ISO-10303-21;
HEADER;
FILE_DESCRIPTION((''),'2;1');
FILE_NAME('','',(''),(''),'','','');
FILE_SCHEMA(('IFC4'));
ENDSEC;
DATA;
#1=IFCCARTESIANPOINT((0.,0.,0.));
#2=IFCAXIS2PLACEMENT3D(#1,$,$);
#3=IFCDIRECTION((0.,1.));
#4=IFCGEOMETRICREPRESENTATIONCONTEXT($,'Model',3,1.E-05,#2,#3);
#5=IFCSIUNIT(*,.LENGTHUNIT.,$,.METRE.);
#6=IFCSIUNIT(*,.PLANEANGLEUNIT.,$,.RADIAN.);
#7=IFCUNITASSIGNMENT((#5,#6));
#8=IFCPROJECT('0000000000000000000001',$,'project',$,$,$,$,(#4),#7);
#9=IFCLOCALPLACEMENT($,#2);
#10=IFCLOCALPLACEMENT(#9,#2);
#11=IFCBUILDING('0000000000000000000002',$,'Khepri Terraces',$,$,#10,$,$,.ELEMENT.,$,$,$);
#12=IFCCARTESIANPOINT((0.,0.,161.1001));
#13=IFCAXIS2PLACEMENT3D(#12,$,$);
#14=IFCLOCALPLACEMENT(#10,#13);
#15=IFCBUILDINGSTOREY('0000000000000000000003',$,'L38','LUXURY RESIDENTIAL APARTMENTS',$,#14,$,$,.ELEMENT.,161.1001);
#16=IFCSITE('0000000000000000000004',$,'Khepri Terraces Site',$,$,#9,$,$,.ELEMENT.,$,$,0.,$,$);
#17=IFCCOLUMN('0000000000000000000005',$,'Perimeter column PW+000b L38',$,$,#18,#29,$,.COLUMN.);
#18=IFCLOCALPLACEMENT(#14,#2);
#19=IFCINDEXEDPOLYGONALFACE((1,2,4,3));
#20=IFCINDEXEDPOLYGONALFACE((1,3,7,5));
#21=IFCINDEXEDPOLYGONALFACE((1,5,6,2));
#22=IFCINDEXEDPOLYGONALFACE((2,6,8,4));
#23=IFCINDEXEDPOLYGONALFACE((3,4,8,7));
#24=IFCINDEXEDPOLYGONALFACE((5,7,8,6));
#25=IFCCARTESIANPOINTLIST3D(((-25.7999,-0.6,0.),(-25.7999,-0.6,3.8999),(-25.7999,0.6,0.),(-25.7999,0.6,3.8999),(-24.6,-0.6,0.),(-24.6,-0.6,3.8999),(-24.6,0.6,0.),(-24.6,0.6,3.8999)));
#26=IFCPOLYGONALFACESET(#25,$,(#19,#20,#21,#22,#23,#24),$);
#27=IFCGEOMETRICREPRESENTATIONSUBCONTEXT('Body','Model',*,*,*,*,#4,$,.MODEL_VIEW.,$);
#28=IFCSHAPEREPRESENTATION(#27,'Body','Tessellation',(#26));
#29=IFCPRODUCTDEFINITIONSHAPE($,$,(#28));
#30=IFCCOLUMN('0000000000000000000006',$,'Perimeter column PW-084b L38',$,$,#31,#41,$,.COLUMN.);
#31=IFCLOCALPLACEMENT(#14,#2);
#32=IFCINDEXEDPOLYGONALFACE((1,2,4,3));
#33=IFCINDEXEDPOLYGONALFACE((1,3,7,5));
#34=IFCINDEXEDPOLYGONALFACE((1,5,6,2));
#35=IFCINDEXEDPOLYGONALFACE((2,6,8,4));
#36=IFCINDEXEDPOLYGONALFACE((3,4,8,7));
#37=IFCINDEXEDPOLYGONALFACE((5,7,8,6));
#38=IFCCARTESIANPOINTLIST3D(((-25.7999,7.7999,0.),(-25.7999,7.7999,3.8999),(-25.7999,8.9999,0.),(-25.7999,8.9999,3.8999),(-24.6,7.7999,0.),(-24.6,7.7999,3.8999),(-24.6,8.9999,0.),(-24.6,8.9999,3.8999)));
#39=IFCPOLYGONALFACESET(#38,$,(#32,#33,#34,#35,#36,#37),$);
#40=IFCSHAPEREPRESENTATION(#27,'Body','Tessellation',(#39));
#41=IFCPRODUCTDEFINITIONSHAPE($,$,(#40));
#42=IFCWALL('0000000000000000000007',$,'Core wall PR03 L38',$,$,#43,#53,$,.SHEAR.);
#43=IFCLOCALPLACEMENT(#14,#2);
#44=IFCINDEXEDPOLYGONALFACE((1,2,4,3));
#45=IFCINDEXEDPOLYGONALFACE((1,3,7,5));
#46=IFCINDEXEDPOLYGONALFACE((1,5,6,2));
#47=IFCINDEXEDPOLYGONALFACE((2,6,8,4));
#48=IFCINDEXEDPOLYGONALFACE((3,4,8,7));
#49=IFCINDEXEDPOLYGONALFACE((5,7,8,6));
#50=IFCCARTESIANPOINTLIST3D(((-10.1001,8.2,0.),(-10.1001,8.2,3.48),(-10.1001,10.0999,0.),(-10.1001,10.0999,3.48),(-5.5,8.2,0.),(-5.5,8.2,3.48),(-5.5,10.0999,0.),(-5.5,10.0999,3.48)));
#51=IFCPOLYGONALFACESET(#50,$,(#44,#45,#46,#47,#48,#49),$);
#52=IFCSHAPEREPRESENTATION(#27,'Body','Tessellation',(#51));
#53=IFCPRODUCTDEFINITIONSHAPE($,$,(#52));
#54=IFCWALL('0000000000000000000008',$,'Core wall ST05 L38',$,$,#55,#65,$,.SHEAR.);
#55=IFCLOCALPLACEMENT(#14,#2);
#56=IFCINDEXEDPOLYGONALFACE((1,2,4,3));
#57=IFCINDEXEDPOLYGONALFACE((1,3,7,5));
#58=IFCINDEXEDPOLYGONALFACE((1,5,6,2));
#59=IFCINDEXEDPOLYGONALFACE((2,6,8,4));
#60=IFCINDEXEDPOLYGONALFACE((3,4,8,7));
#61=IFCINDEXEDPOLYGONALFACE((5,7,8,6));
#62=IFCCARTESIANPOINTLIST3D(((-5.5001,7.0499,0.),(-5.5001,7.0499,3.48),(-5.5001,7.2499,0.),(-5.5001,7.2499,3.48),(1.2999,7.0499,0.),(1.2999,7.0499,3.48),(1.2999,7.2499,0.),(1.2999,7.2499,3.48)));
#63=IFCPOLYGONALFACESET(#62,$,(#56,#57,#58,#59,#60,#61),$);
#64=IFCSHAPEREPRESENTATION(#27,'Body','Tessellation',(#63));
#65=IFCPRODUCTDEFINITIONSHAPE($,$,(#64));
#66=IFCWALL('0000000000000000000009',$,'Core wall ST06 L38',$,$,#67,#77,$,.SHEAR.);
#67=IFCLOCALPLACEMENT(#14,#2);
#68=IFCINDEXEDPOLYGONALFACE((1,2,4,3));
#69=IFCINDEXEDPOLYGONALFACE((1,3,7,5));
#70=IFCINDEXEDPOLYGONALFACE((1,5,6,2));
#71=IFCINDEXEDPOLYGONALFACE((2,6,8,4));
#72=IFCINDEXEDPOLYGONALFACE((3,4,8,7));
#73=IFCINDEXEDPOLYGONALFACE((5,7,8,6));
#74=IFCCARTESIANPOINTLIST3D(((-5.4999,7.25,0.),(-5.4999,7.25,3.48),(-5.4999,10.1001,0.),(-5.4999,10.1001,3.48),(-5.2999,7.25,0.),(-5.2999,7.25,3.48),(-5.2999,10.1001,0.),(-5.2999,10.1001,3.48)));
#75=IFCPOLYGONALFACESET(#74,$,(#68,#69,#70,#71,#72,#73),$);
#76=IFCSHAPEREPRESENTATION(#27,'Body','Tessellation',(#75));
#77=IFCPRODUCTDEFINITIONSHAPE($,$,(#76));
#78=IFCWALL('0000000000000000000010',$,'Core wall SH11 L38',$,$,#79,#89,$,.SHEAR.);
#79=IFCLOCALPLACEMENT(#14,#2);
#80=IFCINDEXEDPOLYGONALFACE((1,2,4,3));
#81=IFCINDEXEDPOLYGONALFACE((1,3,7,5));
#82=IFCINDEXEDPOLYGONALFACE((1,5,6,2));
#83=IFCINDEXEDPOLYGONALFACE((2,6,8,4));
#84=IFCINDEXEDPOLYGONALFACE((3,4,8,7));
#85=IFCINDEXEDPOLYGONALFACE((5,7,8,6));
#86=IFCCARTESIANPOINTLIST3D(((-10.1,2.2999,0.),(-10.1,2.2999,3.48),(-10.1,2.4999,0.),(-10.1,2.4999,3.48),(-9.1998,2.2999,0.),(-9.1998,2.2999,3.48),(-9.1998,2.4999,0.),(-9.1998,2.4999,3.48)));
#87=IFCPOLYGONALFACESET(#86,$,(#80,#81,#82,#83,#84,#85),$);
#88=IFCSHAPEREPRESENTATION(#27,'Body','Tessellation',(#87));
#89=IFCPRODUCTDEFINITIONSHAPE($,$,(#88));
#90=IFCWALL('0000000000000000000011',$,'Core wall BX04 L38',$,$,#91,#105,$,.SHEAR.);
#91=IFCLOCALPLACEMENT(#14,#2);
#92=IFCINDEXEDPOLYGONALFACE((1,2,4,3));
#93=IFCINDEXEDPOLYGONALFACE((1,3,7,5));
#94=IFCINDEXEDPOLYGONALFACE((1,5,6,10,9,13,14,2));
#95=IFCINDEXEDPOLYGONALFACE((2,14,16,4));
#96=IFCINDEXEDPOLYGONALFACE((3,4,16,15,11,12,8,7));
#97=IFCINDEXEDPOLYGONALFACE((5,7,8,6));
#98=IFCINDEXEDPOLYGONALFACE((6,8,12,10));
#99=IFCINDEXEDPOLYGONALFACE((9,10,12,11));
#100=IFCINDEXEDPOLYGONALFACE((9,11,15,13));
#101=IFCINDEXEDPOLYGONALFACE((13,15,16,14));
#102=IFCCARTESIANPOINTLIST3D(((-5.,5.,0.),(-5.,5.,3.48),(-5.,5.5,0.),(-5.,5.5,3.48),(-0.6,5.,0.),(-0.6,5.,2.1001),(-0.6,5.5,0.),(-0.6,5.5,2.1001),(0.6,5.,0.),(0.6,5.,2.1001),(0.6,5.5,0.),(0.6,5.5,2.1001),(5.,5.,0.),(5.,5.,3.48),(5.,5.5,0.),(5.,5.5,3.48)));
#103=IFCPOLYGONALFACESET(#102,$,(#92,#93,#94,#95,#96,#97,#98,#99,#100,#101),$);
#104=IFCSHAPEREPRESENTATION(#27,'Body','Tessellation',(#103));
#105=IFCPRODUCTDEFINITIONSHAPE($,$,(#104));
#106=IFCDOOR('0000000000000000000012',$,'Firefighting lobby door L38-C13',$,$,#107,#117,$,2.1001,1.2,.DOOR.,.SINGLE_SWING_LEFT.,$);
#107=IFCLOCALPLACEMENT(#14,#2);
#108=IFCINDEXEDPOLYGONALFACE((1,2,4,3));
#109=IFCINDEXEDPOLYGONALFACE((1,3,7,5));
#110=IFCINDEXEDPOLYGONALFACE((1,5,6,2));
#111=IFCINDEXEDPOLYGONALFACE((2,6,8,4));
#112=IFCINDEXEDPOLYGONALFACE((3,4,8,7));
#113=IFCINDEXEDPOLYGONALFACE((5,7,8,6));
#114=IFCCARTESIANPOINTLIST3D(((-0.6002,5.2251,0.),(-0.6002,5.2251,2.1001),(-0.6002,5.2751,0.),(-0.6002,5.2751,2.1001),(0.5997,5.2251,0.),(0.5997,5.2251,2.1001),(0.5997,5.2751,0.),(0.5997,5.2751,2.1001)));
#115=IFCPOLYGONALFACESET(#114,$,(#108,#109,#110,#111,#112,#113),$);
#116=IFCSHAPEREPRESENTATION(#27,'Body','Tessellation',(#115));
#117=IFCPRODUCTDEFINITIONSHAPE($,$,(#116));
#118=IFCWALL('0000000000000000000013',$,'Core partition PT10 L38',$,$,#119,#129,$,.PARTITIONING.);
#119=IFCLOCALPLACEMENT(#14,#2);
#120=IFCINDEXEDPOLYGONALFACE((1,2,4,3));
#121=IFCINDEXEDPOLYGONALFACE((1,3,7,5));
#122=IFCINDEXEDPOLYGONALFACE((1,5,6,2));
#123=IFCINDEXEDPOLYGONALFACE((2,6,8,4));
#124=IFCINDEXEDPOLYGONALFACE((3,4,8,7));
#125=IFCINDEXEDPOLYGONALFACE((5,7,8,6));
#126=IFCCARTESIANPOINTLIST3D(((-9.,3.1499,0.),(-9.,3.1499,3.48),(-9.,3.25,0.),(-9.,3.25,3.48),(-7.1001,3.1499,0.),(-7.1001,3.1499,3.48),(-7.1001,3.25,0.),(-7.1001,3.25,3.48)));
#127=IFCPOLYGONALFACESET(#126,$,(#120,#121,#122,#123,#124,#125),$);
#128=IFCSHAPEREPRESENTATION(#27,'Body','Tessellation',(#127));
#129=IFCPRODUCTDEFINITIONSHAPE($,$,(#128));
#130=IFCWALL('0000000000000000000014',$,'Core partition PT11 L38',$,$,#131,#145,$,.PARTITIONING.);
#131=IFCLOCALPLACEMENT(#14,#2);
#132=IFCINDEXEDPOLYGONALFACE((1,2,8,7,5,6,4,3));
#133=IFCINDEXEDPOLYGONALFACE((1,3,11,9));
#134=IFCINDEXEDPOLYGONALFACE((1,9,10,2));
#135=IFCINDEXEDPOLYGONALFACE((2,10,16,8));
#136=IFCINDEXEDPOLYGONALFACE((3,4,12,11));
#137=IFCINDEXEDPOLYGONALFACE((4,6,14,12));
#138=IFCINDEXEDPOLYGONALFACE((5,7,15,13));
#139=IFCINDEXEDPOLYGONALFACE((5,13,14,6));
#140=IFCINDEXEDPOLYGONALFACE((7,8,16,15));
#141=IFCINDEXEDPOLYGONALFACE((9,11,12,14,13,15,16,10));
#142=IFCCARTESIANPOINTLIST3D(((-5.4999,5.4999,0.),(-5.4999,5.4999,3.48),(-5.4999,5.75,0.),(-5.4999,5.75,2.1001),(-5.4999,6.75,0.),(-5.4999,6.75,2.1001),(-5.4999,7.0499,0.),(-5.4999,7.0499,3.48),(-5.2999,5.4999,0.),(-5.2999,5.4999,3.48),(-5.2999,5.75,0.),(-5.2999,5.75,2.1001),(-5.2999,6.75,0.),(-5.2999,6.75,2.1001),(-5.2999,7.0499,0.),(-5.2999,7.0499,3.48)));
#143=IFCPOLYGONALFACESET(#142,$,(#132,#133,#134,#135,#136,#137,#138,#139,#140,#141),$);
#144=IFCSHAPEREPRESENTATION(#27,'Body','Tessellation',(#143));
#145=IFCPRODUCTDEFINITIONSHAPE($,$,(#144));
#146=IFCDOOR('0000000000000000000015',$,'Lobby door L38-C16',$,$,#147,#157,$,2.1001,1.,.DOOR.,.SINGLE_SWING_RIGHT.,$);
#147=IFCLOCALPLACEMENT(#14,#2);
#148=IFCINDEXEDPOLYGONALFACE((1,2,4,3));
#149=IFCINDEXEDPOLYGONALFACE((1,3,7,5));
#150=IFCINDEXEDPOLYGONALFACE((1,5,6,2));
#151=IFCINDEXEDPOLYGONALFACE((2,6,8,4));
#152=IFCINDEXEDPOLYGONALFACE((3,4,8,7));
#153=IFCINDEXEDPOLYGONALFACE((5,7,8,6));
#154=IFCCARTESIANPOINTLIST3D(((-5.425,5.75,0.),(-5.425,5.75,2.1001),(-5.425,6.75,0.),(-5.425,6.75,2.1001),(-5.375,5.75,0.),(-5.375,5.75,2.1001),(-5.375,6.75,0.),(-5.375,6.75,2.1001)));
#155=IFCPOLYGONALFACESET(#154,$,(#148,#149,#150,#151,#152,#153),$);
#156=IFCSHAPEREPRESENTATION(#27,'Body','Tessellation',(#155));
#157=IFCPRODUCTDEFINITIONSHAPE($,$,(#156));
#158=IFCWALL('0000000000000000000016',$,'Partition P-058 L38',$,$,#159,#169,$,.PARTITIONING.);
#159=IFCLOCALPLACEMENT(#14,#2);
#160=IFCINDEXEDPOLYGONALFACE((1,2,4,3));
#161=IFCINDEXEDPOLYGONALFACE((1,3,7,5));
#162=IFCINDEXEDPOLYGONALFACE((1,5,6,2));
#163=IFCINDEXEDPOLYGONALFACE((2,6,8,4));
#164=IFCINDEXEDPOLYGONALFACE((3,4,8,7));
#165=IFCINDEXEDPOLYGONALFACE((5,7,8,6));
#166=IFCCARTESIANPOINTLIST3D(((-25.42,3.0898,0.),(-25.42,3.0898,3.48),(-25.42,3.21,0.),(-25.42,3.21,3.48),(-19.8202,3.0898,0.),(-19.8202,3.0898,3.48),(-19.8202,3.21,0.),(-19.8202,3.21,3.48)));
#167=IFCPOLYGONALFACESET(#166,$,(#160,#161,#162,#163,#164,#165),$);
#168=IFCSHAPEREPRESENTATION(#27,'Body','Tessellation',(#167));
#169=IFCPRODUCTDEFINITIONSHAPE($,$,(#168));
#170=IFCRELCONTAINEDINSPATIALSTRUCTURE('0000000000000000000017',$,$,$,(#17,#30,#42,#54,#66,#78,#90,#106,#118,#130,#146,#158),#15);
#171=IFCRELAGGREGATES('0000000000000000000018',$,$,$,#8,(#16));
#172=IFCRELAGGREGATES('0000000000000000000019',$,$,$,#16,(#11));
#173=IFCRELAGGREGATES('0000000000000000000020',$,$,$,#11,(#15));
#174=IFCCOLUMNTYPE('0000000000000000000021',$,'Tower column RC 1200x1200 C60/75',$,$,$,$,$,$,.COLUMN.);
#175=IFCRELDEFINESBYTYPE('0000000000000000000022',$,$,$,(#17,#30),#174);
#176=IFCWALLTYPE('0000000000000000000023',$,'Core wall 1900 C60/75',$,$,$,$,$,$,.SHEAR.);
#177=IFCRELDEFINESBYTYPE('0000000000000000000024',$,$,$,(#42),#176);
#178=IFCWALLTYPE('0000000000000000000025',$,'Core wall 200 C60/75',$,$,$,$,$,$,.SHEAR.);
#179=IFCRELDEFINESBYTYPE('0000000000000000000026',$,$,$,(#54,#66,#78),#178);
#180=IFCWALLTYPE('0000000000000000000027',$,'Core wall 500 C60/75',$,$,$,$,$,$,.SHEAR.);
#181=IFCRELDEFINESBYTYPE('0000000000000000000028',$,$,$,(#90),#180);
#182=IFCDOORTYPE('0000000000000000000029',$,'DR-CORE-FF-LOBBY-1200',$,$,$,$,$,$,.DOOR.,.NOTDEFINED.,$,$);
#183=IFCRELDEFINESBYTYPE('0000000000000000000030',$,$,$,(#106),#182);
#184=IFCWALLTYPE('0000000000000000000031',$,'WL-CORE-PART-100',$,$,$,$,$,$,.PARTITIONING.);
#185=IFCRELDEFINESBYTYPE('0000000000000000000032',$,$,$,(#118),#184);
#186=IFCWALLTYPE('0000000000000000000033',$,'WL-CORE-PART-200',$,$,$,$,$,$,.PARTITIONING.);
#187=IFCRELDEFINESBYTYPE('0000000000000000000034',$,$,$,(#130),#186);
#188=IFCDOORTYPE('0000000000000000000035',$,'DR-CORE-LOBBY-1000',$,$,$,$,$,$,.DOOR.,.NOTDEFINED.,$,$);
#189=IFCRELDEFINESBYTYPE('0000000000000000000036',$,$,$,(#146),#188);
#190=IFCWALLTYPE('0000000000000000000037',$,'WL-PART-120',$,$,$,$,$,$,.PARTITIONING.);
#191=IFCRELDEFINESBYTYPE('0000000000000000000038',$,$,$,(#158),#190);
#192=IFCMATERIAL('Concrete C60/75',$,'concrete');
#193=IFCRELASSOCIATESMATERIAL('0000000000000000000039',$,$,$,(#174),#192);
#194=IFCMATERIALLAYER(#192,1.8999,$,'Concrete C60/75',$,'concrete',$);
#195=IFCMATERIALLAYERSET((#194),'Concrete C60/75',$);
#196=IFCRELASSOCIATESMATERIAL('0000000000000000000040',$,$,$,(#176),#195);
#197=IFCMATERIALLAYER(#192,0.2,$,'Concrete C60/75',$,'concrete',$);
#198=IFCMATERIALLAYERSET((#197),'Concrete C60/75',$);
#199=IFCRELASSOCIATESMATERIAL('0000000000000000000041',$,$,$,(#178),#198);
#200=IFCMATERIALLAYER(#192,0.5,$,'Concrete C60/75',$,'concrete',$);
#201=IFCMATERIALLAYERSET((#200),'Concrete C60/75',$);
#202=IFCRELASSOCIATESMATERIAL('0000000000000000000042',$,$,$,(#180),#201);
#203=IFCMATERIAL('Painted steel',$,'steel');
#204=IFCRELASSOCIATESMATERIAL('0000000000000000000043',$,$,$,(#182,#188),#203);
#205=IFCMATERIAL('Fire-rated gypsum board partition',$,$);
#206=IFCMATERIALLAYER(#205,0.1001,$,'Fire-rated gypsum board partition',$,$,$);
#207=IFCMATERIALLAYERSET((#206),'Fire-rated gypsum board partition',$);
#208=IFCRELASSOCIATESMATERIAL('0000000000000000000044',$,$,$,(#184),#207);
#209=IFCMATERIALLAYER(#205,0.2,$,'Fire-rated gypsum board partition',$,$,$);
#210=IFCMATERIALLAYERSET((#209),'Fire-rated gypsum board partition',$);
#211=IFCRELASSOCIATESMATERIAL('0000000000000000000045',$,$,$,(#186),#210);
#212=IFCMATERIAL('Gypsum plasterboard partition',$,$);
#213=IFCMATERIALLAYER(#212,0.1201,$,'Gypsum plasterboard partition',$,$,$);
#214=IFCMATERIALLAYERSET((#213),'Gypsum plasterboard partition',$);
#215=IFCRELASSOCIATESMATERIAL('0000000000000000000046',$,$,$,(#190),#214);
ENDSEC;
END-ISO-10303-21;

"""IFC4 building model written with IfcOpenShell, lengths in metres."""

from ifc_helpers import new_model, si_unit, direction, frame, frame_2d, origin, origin_2d, place, context, subcontext, project, spatial, rectangle, extrude, material, layer, layer_set, material_profile, profile_set, type_object, element, fill, save


model = new_model("IFC4")

# Units and contexts
model_context = context("Model", 3, precision=1e-05, world=origin(), true_north=direction((0.0, 1.0)))
body_context = subcontext(model_context, "Body", "Model", "MODEL_VIEW")
ifc_project = project(units=[si_unit("LENGTHUNIT", "METRE"), si_unit("PLANEANGLEUNIT", "RADIAN")], contexts=[model_context])

# Site, building, storey
site_placement = place(None, origin())
site = spatial("IfcSite", under=ifc_project, at=site_placement, Name="Khepri Terraces Site", CompositionType="ELEMENT", RefElevation=0.0)
building_placement = place(site_placement, origin())
building = spatial("IfcBuilding", under=site, at=building_placement, Name="Khepri Terraces", CompositionType="ELEMENT")
storey_placement = place(building_placement, frame((0.0, 0.0, 161.1001)))
storey = spatial("IfcBuildingStorey", under=building, at=storey_placement, Name="L38", Description="LUXURY RESIDENTIAL APARTMENTS", CompositionType="ELEMENT", Elevation=161.1001)

# Columns
ifc_material_1 = material(Name="Concrete C60/75", Category="concrete")
ifc_material_profile = material_profile(ifc_material_1, rectangle(XDim=1.2, YDim=1.2, at=origin_2d()), Name="Concrete C60/75", Category="concrete")
ifc_profile_set = profile_set([ifc_material_profile], Name="Concrete C60/75")
column_type = type_object("IfcColumnType", Name="Tower column RC 1200x1200 C60/75", PredefinedType="COLUMN", material=ifc_profile_set)
for number, where, z_axis, x_axis, name in (
    (1, (-25.2, 0.0, 0.0), (0.0, 0.0, 1.0), (1.0, 0.0, 0.0), "Perimeter column PW+000b L38"),
    (2, (-25.2, 8.3999, 0.0), (0.0, 0.0, 1.0), (1.0, 0.0, 0.0), "Perimeter column PW-084b L38"),
):
    element("IfcColumn", number, at=place(storey_placement, frame(where, z_axis=z_axis, x_axis=x_axis)), inside=storey, type_object=column_type, Name=name, PredefinedType="COLUMN", context=body_context, shape_type="SweptSolid", body=[
        extrude(rectangle(XDim=1.2, YDim=1.2, at=origin_2d()), origin(), (0.0, 0.0, 1.0), 3.8999),
    ])

# Walls
ifc_layer_1 = layer(ifc_material_1, 1.8999, Name="Concrete C60/75", Category="concrete")
ifc_layer_set_1 = layer_set([ifc_layer_1], Name="Concrete C60/75")
wall_type_1 = type_object("IfcWallType", Name="Core wall 1900 C60/75", PredefinedType="SHEAR", material=ifc_layer_set_1)
wall_1_placement = place(storey_placement, frame((-10.1001, 9.1499, 0.0), z_axis=(0.0, 0.0, 1.0), x_axis=(1.0, 0.0, 0.0)))
element("IfcWall", 3, at=wall_1_placement, inside=storey, type_object=wall_type_1, Name="Core wall PR03 L38", PredefinedType="SHEAR", context=body_context, shape_type="SweptSolid", body=[
    extrude(rectangle(XDim=4.6001, YDim=1.8999, at=frame_2d((2.3, 0.0))), origin(), (0.0, 0.0, 1.0), 3.48),
])
ifc_layer_2 = layer(ifc_material_1, 0.2, Name="Concrete C60/75", Category="concrete")
ifc_layer_set_2 = layer_set([ifc_layer_2], Name="Concrete C60/75")
wall_type_2 = type_object("IfcWallType", Name="Core wall 200 C60/75", PredefinedType="SHEAR", material=ifc_layer_set_2)
wall_2_placement = place(storey_placement, frame((-5.5, 7.1499, 0.0), z_axis=(0.0, 0.0, 1.0), x_axis=(1.0, 0.0, 0.0)))
element("IfcWall", 4, at=wall_2_placement, inside=storey, type_object=wall_type_2, Name="Core wall ST05 L38", PredefinedType="SHEAR", context=body_context, shape_type="SweptSolid", body=[
    extrude(rectangle(XDim=6.8, YDim=0.2, at=frame_2d((3.3999, 0.0))), origin(), (0.0, 0.0, 1.0), 3.48),
])
wall_3_placement = place(storey_placement, frame((-5.3999, 7.25, 0.0), z_axis=(0.0, 0.0, 1.0), x_axis=(0.0, 1.0, 0.0)))
element("IfcWall", 5, at=wall_3_placement, inside=storey, type_object=wall_type_2, Name="Core wall ST06 L38", PredefinedType="SHEAR", context=body_context, shape_type="SweptSolid", body=[
    extrude(rectangle(XDim=2.8501, YDim=0.2, at=frame_2d((1.425, 0.0))), origin(), (0.0, 0.0, 1.0), 3.48),
])
wall_4_placement = place(storey_placement, frame((-10.1001, 2.3999, 0.0), z_axis=(0.0, 0.0, 1.0), x_axis=(1.0, 0.0, 0.0)))
element("IfcWall", 6, at=wall_4_placement, inside=storey, type_object=wall_type_2, Name="Core wall SH11 L38", PredefinedType="SHEAR", context=body_context, shape_type="SweptSolid", body=[
    extrude(rectangle(XDim=0.9001, YDim=0.2, at=frame_2d((0.4502, 0.0))), origin(), (0.0, 0.0, 1.0), 3.48),
])

# Wall, opening, door
ifc_layer_3 = layer(ifc_material_1, 0.5, Name="Concrete C60/75", Category="concrete")
ifc_layer_set_3 = layer_set([ifc_layer_3], Name="Concrete C60/75")
wall_type_3 = type_object("IfcWallType", Name="Core wall 500 C60/75", PredefinedType="SHEAR", material=ifc_layer_set_3)
wall_5_placement = place(storey_placement, frame((-5.0, 5.25, 0.0), z_axis=(0.0, 0.0, 1.0), x_axis=(1.0, 0.0, 0.0)))
wall_5 = element("IfcWall", 7, at=wall_5_placement, inside=storey, type_object=wall_type_3, Name="Core wall BX04 L38", PredefinedType="SHEAR", context=body_context, shape_type="SweptSolid", body=[
    extrude(rectangle(XDim=10.0, YDim=0.5, at=frame_2d((5.0, 0.0))), origin(), (0.0, 0.0, 1.0), 3.48),
])
opening_1_placement = place(wall_5_placement, frame((4.3999, 0.0, 0.0)))
opening_1 = element("IfcOpeningElement", 8, at=opening_1_placement, cuts=wall_5, PredefinedType="OPENING", context=body_context, shape_type="SweptSolid", body=[
    extrude(rectangle(XDim=1.2, YDim=2.1001, at=frame_2d((0.6001, 1.05))), frame((0.0, 0.26, 0.0), z_axis=(0.0, -1.0, 0.0), x_axis=(1.0, 0.0, 0.0)), (0.0, 0.0, 1.0), 0.52),
])
ifc_material_2 = material(Name="Painted steel", Category="steel")
door_type_1 = type_object("IfcDoorType", Name="DR-CORE-FF-LOBBY-1200", OperationType="NOTDEFINED", PredefinedType="DOOR", material=ifc_material_2)
door_1_placement = place(opening_1_placement, frame((1.2, 0.0, 0.0), z_axis=(0.0, 0.0, 1.0), x_axis=(-1.0, 0.0, 0.0)))
door_1 = element("IfcDoor", 9, at=door_1_placement, inside=storey, type_object=door_type_1, Name="Firefighting lobby door L38-C13", OperationType="SINGLE_SWING_LEFT", OverallHeight=2.1001, OverallWidth=1.2, PredefinedType="DOOR", context=body_context, shape_type="SweptSolid", body=[
    extrude(rectangle(XDim=1.2, YDim=2.1001, at=frame_2d((0.6001, 1.05))), frame((0.0, 0.0249, 0.0), z_axis=(0.0, -1.0, 0.0), x_axis=(1.0, 0.0, 0.0)), (0.0, 0.0, 1.0), 0.05),
])
fill(opening_1, door_1)

# Wall
ifc_material_3 = material(Name="Fire-rated gypsum board partition")
ifc_layer_4 = layer(ifc_material_3, 0.1001, Name="Fire-rated gypsum board partition")
ifc_layer_set_4 = layer_set([ifc_layer_4], Name="Fire-rated gypsum board partition")
wall_type_4 = type_object("IfcWallType", Name="WL-CORE-PART-100", PredefinedType="PARTITIONING", material=ifc_layer_set_4)
wall_6_placement = place(storey_placement, frame((-9.0, 3.2, 0.0), z_axis=(0.0, 0.0, 1.0), x_axis=(1.0, 0.0, 0.0)))
element("IfcWall", 10, at=wall_6_placement, inside=storey, type_object=wall_type_4, Name="Core partition PT10 L38", PredefinedType="PARTITIONING", context=body_context, shape_type="SweptSolid", body=[
    extrude(rectangle(XDim=1.8999, YDim=0.1001, at=frame_2d((0.95, 0.0))), origin(), (0.0, 0.0, 1.0), 3.48),
])

# Wall, opening, door
ifc_layer_5 = layer(ifc_material_3, 0.2, Name="Fire-rated gypsum board partition")
ifc_layer_set_5 = layer_set([ifc_layer_5], Name="Fire-rated gypsum board partition")
wall_type_5 = type_object("IfcWallType", Name="WL-CORE-PART-200", PredefinedType="PARTITIONING", material=ifc_layer_set_5)
wall_7_placement = place(storey_placement, frame((-5.3999, 5.5, 0.0), z_axis=(0.0, 0.0, 1.0), x_axis=(0.0, 1.0, 0.0)))
wall_7 = element("IfcWall", 11, at=wall_7_placement, inside=storey, type_object=wall_type_5, Name="Core partition PT11 L38", PredefinedType="PARTITIONING", context=body_context, shape_type="SweptSolid", body=[
    extrude(rectangle(XDim=1.55, YDim=0.2, at=frame_2d((0.7749, 0.0))), origin(), (0.0, 0.0, 1.0), 3.48),
])
opening_2_placement = place(wall_7_placement, frame((0.25, 0.0, 0.0)))
opening_2 = element("IfcOpeningElement", 12, at=opening_2_placement, cuts=wall_7, PredefinedType="OPENING", context=body_context, shape_type="SweptSolid", body=[
    extrude(rectangle(XDim=1.0, YDim=2.1001, at=frame_2d((0.5, 1.05))), frame((0.0, 0.1099, 0.0), z_axis=(0.0, -1.0, 0.0), x_axis=(1.0, 0.0, 0.0)), (0.0, 0.0, 1.0), 0.22),
])
door_type_2 = type_object("IfcDoorType", Name="DR-CORE-LOBBY-1000", OperationType="NOTDEFINED", PredefinedType="DOOR", material=ifc_material_2)
door_2_placement = place(opening_2_placement, frame((1.0, 0.0, 0.0), z_axis=(0.0, 0.0, 1.0), x_axis=(-1.0, 0.0, 0.0)))
door_2 = element("IfcDoor", 13, at=door_2_placement, inside=storey, type_object=door_type_2, Name="Lobby door L38-C16", OperationType="SINGLE_SWING_RIGHT", OverallHeight=2.1001, OverallWidth=1.0, PredefinedType="DOOR", context=body_context, shape_type="SweptSolid", body=[
    extrude(rectangle(XDim=1.0, YDim=2.1001, at=frame_2d((0.5, 1.05))), frame((0.0, 0.0249, 0.0), z_axis=(0.0, -1.0, 0.0), x_axis=(1.0, 0.0, 0.0)), (0.0, 0.0, 1.0), 0.05),
])
fill(opening_2, door_2)

# Wall
ifc_material_4 = material(Name="Gypsum plasterboard partition")
ifc_layer_6 = layer(ifc_material_4, 0.1201, Name="Gypsum plasterboard partition")
ifc_layer_set_6 = layer_set([ifc_layer_6], Name="Gypsum plasterboard partition")
wall_type_6 = type_object("IfcWallType", Name="WL-PART-120", PredefinedType="PARTITIONING", material=ifc_layer_set_6)
wall_8_placement = place(storey_placement, frame((-25.4199, 3.1499, 0.0), z_axis=(0.0, 0.0, 1.0), x_axis=(1.0, 0.0, 0.0)))
element("IfcWall", 14, at=wall_8_placement, inside=storey, type_object=wall_type_6, Name="Partition P-058 L38", PredefinedType="PARTITIONING", context=body_context, shape_type="SweptSolid", body=[
    extrude(rectangle(XDim=5.5999, YDim=0.1201, at=frame_2d((2.7998, 0.0))), origin(), (0.0, 0.0, 1.0), 3.48),
])

save(model, "model.ifc")
